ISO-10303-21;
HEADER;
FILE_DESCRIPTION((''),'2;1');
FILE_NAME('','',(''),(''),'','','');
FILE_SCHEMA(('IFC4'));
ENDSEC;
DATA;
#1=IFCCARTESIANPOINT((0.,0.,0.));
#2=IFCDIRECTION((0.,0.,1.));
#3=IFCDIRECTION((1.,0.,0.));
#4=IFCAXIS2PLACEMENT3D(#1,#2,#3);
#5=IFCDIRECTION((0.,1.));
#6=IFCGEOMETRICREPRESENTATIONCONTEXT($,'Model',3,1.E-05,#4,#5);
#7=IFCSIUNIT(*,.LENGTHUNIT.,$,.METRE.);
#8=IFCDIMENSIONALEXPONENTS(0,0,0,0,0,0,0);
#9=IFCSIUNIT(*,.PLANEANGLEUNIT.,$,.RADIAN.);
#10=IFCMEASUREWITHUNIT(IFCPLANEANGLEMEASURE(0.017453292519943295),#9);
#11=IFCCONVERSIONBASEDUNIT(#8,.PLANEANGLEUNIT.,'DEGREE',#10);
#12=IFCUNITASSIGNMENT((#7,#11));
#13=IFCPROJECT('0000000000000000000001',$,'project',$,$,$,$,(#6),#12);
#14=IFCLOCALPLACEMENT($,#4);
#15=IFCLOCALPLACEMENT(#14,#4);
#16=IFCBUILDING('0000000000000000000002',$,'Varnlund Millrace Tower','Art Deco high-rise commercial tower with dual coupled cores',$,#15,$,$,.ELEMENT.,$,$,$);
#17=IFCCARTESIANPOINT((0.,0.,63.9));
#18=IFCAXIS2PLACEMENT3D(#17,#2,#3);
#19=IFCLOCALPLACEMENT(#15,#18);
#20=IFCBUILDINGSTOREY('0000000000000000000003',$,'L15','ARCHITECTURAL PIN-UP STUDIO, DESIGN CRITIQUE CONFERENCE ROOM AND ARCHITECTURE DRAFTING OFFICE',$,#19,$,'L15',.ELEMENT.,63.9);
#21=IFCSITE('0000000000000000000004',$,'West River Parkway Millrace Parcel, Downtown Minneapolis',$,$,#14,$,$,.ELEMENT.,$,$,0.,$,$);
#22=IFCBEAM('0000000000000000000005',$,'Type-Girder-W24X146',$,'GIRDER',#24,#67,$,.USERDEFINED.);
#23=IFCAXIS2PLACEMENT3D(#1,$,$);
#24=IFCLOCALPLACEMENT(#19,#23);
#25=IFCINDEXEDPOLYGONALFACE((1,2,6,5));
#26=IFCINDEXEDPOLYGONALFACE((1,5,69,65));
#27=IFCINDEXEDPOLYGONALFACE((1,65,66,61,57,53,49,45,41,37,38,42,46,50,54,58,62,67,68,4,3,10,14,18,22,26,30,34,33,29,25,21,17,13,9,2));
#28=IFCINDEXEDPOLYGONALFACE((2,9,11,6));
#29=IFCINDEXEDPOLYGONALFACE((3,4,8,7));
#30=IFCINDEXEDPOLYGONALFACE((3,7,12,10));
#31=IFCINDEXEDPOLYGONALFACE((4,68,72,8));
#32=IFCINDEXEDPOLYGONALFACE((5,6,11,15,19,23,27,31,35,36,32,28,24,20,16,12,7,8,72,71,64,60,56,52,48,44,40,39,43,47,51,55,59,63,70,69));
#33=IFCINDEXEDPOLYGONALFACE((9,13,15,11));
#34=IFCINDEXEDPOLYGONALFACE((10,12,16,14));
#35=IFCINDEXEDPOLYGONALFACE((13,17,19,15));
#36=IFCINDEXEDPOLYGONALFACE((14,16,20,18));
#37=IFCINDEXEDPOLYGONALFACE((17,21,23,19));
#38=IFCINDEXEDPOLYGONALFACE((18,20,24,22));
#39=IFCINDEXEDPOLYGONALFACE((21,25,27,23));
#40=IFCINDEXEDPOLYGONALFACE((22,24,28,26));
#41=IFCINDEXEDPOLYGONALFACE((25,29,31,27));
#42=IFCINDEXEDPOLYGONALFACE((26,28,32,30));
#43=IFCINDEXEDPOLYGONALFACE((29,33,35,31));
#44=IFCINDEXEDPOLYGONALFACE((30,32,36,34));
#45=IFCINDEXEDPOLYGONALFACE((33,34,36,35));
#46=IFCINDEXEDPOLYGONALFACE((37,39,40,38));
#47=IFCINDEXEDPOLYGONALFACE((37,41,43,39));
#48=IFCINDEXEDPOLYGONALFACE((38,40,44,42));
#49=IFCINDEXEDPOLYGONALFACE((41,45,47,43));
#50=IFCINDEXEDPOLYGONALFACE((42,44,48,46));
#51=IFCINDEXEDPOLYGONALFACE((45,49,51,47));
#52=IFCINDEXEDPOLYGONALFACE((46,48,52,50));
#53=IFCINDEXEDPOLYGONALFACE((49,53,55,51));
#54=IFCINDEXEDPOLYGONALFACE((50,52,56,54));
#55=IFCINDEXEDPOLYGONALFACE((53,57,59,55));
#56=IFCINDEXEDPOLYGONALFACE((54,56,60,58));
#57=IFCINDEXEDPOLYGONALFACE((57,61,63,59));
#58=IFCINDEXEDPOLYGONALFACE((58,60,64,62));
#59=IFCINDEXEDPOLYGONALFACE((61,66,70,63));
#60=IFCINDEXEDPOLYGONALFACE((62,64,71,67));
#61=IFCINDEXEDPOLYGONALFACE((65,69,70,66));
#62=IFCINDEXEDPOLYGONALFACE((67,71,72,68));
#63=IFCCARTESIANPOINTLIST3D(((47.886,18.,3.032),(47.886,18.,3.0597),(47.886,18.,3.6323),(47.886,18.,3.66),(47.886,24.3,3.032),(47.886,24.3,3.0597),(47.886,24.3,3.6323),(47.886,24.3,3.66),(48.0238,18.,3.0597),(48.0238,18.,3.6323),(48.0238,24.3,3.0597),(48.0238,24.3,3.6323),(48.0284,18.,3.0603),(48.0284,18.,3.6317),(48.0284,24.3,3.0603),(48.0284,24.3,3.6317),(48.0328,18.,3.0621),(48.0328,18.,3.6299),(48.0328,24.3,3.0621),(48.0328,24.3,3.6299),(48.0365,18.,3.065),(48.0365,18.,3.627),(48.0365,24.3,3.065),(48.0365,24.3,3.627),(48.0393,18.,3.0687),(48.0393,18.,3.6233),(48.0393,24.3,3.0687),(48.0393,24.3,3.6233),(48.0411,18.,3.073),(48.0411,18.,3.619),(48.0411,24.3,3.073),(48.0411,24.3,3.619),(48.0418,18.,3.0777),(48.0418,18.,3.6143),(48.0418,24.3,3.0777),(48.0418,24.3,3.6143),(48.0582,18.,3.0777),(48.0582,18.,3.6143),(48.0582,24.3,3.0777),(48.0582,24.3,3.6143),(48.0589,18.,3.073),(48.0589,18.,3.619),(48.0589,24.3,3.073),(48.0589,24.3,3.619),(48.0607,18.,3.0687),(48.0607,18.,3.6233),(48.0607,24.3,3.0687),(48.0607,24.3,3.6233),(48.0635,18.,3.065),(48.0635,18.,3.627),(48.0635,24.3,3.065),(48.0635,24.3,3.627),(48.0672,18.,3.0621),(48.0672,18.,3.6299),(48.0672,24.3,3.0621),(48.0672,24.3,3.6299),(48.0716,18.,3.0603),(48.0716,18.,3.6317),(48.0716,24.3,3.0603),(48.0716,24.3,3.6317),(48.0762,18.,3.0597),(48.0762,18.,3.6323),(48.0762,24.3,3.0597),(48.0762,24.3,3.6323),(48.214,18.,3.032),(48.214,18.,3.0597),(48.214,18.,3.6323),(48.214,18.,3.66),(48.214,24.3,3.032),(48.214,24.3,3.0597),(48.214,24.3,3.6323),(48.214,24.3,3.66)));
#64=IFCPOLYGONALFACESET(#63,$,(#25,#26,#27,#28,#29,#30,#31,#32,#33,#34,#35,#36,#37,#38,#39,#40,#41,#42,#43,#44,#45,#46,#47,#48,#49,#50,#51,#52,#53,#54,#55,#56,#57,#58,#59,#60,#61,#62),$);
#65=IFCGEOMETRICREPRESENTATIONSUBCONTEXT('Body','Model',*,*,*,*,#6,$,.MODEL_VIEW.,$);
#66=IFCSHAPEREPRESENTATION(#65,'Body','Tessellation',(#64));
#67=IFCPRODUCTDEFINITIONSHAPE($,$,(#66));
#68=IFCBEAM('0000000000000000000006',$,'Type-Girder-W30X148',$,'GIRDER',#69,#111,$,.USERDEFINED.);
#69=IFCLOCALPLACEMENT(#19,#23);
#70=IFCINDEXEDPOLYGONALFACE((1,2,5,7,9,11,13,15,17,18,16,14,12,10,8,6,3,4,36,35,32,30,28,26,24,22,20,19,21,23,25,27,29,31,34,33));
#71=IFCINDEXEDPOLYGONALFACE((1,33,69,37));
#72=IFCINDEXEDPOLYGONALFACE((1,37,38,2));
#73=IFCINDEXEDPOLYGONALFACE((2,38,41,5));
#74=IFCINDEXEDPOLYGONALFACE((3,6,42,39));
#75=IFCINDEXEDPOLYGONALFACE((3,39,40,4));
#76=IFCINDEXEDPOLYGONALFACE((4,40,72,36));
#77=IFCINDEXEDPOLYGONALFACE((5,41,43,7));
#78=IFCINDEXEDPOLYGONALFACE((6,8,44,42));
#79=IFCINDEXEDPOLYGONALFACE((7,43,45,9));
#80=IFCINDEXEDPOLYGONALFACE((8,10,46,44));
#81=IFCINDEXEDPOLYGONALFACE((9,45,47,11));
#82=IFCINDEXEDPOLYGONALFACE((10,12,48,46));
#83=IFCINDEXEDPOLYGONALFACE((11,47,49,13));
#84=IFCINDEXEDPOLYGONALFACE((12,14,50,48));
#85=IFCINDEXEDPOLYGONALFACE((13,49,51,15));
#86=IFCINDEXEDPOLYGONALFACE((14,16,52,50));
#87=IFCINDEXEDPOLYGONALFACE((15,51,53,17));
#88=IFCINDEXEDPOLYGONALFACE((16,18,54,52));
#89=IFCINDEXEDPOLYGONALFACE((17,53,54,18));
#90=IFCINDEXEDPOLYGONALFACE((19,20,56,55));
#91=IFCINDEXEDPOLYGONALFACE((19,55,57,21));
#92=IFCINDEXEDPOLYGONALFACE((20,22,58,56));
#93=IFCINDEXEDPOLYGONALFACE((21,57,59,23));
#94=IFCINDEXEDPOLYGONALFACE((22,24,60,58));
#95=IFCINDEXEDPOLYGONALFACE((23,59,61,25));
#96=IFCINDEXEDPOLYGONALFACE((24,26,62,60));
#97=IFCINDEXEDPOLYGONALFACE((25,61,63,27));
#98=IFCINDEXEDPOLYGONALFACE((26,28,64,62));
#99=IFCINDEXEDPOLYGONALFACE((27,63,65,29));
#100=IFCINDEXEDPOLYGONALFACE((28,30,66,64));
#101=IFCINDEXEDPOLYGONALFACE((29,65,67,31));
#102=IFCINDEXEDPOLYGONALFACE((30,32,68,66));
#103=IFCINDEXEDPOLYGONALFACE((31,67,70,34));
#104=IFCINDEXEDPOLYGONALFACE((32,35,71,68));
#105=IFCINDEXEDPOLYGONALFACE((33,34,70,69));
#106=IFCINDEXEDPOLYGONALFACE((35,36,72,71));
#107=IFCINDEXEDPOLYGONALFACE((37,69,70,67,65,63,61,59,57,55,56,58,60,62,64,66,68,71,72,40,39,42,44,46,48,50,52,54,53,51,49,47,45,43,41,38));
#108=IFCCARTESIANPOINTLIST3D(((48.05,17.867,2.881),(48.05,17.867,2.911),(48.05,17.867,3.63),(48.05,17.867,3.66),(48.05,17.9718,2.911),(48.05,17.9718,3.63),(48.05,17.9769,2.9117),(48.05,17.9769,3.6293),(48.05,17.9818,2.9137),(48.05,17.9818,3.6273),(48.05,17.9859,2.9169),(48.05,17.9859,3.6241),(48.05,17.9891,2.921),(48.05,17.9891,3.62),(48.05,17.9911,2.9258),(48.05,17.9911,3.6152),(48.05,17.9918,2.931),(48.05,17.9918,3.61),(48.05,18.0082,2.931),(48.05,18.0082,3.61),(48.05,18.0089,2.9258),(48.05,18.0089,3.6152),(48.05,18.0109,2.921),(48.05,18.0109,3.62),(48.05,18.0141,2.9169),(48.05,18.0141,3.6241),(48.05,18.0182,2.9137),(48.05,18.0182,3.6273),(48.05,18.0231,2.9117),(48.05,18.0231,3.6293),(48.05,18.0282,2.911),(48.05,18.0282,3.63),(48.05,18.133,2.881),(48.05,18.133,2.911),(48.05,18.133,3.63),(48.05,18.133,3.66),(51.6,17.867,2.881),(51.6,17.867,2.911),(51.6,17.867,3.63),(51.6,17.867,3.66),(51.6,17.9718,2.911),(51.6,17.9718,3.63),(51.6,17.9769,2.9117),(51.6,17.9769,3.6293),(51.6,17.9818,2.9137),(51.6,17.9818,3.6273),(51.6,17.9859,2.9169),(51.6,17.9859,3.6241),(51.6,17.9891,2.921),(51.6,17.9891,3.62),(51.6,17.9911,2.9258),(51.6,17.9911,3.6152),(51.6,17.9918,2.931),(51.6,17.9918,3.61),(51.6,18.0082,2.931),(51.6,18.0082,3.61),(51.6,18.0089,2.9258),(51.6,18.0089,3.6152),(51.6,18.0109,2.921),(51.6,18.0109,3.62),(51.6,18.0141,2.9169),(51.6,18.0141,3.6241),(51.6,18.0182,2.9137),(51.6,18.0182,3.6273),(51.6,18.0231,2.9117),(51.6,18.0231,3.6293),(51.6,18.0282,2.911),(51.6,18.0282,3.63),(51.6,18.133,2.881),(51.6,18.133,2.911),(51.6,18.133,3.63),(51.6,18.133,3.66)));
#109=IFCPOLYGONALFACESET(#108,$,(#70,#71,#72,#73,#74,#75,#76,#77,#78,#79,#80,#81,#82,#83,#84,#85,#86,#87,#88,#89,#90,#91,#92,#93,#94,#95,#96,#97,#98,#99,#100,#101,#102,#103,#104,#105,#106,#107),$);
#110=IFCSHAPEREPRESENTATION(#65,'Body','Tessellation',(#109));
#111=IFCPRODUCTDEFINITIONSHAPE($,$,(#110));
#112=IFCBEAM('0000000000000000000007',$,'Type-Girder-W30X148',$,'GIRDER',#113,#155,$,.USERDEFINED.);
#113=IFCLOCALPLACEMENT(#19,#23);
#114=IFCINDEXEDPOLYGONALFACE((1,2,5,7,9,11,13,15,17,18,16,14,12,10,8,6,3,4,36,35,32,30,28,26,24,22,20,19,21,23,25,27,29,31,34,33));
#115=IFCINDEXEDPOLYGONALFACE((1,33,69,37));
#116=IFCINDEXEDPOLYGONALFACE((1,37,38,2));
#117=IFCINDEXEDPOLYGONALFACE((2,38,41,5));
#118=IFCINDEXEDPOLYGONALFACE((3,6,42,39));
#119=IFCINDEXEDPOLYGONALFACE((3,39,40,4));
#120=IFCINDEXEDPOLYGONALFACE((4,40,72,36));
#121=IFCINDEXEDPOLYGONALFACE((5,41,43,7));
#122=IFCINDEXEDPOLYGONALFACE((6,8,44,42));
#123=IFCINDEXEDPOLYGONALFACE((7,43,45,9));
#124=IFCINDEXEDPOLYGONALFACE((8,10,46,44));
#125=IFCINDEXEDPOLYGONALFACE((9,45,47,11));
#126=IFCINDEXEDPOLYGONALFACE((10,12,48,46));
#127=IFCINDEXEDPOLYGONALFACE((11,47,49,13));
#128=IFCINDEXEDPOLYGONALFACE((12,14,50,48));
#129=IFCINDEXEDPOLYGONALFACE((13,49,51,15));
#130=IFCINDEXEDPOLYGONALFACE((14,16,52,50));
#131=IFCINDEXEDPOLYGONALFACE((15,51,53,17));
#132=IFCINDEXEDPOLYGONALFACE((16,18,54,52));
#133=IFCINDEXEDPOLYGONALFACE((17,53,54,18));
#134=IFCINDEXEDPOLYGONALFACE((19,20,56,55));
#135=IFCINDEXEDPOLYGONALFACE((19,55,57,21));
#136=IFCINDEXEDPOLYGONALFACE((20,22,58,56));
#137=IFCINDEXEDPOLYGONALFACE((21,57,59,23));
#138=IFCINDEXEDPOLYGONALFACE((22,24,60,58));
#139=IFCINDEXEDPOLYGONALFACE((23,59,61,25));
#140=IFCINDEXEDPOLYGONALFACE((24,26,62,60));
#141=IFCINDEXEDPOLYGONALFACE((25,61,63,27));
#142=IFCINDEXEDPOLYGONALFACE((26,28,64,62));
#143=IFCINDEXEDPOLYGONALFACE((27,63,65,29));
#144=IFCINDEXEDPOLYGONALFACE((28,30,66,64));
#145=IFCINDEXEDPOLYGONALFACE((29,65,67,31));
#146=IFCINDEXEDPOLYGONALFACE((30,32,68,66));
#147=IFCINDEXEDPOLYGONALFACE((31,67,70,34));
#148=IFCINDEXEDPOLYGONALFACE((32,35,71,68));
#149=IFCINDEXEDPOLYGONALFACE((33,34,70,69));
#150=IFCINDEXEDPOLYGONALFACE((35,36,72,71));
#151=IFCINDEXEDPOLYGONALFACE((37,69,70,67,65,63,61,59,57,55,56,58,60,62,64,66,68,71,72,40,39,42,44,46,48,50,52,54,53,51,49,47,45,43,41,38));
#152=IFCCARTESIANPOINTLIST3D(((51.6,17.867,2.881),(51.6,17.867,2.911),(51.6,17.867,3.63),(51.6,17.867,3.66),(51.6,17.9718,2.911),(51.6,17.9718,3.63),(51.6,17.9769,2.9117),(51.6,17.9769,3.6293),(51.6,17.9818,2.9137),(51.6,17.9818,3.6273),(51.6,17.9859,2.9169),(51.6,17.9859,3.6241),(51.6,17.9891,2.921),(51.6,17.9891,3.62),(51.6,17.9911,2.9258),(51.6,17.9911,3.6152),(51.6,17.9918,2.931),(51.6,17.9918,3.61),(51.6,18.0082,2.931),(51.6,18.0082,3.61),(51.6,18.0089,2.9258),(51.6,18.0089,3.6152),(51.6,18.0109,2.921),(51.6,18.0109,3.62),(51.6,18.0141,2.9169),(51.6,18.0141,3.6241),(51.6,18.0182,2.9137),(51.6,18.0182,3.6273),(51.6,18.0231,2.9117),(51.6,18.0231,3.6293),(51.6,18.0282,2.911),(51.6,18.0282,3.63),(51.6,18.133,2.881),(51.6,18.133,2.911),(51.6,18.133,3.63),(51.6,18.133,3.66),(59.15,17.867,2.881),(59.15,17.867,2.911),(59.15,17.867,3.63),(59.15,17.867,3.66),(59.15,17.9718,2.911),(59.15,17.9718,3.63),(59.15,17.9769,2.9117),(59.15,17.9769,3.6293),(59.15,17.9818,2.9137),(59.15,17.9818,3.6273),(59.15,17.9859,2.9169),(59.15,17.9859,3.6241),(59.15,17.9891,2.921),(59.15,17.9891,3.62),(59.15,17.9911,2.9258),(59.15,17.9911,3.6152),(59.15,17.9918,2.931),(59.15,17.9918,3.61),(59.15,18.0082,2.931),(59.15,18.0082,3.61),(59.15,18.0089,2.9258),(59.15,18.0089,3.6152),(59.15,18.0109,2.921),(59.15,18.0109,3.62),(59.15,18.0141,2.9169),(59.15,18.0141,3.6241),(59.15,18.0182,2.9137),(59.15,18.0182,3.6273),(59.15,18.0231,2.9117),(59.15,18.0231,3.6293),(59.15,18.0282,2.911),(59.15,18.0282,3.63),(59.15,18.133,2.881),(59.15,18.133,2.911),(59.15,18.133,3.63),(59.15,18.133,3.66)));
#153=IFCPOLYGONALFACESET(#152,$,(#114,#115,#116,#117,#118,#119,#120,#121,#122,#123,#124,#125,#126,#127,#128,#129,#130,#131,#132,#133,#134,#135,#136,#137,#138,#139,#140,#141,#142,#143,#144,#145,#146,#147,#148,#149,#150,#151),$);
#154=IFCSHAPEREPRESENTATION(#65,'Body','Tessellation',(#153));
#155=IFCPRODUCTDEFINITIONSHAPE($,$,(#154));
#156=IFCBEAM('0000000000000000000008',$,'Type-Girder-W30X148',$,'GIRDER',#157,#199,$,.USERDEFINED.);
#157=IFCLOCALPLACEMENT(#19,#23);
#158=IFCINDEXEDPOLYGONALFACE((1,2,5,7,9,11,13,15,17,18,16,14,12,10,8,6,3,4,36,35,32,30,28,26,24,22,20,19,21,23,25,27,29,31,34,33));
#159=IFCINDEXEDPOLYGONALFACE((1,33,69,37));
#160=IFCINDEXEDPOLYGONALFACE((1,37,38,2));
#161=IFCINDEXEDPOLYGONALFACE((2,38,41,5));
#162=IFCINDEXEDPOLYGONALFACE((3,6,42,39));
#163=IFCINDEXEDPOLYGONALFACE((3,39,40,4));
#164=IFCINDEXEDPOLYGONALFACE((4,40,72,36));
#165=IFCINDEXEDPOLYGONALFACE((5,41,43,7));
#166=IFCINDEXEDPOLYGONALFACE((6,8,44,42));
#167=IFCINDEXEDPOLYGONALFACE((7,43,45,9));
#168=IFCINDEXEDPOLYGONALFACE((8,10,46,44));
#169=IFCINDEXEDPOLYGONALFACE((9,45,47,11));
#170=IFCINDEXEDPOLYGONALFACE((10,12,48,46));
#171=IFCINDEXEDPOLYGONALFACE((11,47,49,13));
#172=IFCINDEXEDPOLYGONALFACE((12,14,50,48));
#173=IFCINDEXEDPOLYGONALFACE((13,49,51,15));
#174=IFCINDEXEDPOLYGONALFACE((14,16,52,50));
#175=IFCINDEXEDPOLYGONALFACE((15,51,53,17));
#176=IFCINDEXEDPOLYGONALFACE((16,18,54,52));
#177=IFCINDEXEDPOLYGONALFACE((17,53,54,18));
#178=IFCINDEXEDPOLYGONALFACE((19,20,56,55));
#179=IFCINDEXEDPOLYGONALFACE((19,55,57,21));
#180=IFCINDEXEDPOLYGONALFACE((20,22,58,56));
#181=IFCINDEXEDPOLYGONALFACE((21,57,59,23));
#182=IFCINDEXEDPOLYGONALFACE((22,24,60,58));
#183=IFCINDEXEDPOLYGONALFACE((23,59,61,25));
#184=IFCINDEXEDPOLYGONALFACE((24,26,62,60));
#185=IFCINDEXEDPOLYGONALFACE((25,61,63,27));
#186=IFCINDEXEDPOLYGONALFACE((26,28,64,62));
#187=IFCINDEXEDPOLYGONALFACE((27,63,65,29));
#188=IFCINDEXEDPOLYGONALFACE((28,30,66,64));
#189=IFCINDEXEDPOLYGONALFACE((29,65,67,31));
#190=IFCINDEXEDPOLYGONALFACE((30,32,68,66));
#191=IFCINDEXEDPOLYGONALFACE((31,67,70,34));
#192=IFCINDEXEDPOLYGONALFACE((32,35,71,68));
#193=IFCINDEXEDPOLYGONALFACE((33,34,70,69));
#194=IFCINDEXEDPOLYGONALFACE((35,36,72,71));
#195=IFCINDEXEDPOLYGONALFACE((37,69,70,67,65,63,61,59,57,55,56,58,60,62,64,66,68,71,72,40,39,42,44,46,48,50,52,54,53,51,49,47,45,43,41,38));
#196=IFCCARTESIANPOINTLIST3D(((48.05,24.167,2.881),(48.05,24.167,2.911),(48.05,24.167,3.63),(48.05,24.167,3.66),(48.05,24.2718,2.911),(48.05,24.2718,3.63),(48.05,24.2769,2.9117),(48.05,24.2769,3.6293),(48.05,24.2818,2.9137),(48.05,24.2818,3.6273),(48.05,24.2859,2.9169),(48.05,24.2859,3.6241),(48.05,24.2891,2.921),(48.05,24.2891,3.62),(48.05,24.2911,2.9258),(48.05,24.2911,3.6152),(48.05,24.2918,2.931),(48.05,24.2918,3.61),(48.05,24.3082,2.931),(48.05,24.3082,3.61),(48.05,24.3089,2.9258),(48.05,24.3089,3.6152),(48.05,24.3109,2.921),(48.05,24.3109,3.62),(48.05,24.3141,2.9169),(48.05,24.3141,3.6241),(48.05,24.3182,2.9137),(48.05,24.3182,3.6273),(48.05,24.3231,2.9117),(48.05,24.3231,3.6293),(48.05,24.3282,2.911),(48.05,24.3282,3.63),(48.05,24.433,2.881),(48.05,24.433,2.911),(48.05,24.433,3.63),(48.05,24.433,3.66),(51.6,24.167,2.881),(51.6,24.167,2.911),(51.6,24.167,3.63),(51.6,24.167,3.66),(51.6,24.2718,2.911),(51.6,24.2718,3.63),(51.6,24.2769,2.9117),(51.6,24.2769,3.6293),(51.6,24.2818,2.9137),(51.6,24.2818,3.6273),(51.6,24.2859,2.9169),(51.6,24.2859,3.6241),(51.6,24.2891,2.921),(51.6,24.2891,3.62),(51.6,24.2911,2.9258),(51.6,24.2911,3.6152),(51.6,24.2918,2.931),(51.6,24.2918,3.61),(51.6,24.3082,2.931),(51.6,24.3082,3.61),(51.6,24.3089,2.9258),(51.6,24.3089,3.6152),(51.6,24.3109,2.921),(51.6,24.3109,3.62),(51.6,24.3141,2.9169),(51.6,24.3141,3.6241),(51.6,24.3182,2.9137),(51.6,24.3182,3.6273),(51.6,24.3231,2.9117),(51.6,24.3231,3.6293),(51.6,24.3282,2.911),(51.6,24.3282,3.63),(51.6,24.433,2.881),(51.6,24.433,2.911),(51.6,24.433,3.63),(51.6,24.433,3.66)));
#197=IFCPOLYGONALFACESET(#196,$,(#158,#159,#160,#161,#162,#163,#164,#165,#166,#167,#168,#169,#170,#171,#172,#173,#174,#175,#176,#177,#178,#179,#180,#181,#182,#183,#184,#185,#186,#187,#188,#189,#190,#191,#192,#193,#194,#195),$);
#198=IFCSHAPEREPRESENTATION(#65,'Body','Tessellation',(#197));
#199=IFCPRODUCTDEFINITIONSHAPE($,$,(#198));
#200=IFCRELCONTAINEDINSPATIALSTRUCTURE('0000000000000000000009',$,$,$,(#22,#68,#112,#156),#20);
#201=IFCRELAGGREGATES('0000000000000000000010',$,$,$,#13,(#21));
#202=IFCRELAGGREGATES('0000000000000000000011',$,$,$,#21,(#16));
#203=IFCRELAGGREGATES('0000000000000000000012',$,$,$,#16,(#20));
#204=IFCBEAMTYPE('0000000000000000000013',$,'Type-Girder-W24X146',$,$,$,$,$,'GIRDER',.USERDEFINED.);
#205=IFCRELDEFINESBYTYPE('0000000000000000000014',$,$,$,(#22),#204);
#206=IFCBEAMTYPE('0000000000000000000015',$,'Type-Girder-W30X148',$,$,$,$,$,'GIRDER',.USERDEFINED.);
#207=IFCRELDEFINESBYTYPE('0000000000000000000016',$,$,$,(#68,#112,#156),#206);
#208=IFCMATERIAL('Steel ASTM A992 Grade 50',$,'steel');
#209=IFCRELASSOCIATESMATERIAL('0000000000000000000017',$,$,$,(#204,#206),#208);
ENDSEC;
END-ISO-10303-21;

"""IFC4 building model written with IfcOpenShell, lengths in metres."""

from ifc_helpers import new_model, entity, si_unit, converted_unit, direction, frame, origin_with_axes, origin_2d_with_axis, place, context, subcontext, project, spatial, i_section, extrude, material, material_profile, profile_set, type_object, element, save


model = new_model("IFC4")

# Units and contexts
model_context = context("Model", 3, precision=1e-05, world=origin_with_axes(), true_north=direction((0.0, 1.0)))
body_context = subcontext(model_context, "Body", "Model", "MODEL_VIEW")
ifc_project = project(units=[si_unit("LENGTHUNIT", "METRE"), converted_unit("PLANEANGLEUNIT", "DEGREE", entity("IfcPlaneAngleMeasure", 0.017453292519943295), si_unit("PLANEANGLEUNIT", "RADIAN"), dimensions=[0, 0, 0, 0, 0, 0, 0])], contexts=[model_context])

# Site, building, storey
site_placement = place(None, origin_with_axes())
site = spatial("IfcSite", under=ifc_project, at=site_placement, Name="West River Parkway Millrace Parcel, Downtown Minneapolis", CompositionType="ELEMENT", RefElevation=0.0)
building_placement = place(site_placement, origin_with_axes())
building = spatial("IfcBuilding", under=site, at=building_placement, Name="Varnlund Millrace Tower", Description="Art Deco high-rise commercial tower with dual coupled cores", CompositionType="ELEMENT")
storey_placement = place(building_placement, frame((0.0, 0.0, 63.9), z_axis=(0.0, 0.0, 1.0), x_axis=(1.0, 0.0, 0.0)))
storey = spatial("IfcBuildingStorey", under=building, at=storey_placement, Name="L15", Description="ARCHITECTURAL PIN-UP STUDIO, DESIGN CRITIQUE CONFERENCE ROOM AND ARCHITECTURE DRAFTING OFFICE", LongName="L15", CompositionType="ELEMENT", Elevation=63.9)

# Beams
ifc_material_1 = material(Name="Steel ASTM A992 Grade 50", Category="steel")
ifc_material_profile_1 = material_profile(ifc_material_1, i_section(OverallWidth=0.328, OverallDepth=0.628, WebThickness=0.0165, FlangeThickness=0.0277, FilletRadius=0.018, at=origin_2d_with_axis()), Name="Steel ASTM A992 Grade 50")
ifc_profile_set_1 = profile_set([ifc_material_profile_1], Name="Steel ASTM A992 Grade 50")
beam_type_1 = type_object("IfcBeamType", Name="Type-Girder-W24X146", ElementType="GIRDER", PredefinedType="USERDEFINED", material=ifc_profile_set_1)
beam_1_placement = place(storey_placement, frame((48.05, 18.0, 3.346), z_axis=(0.0, 1.0, 0.0), x_axis=(-1.0, 0.0, 0.0)))
element("IfcBeam", 1, at=beam_1_placement, inside=storey, type_object=beam_type_1, Name="Type-Girder-W24X146", ObjectType="GIRDER", PredefinedType="USERDEFINED", context=body_context, shape_type="SweptSolid", body=[
    extrude(i_section(OverallWidth=0.328, OverallDepth=0.628, WebThickness=0.0165, FlangeThickness=0.0277, FilletRadius=0.018, at=origin_2d_with_axis()), origin_with_axes(), (0.0, 0.0, 1.0), 6.3),
])
ifc_material_profile_2 = material_profile(ifc_material_1, i_section(OverallWidth=0.266, OverallDepth=0.779, WebThickness=0.0165, FlangeThickness=0.03, FilletRadius=0.02, at=origin_2d_with_axis()), Name="Steel ASTM A992 Grade 50")
ifc_profile_set_2 = profile_set([ifc_material_profile_2], Name="Steel ASTM A992 Grade 50")
beam_type_2 = type_object("IfcBeamType", Name="Type-Girder-W30X148", ElementType="GIRDER", PredefinedType="USERDEFINED", material=ifc_profile_set_2)
beam_2_placement = place(storey_placement, frame((48.05, 18.0, 3.2705), z_axis=(1.0, 0.0, 0.0), x_axis=(0.0, 1.0, 0.0)))
element("IfcBeam", 2, at=beam_2_placement, inside=storey, type_object=beam_type_2, Name="Type-Girder-W30X148", ObjectType="GIRDER", PredefinedType="USERDEFINED", context=body_context, shape_type="SweptSolid", body=[
    extrude(i_section(OverallWidth=0.266, OverallDepth=0.779, WebThickness=0.0165, FlangeThickness=0.03, FilletRadius=0.02, at=origin_2d_with_axis()), origin_with_axes(), (0.0, 0.0, 1.0), 3.55),
])
beam_3_placement = place(storey_placement, frame((51.6, 18.0, 3.2705), z_axis=(1.0, 0.0, 0.0), x_axis=(0.0, 1.0, 0.0)))
element("IfcBeam", 3, at=beam_3_placement, inside=storey, type_object=beam_type_2, Name="Type-Girder-W30X148", ObjectType="GIRDER", PredefinedType="USERDEFINED", context=body_context, shape_type="SweptSolid", body=[
    extrude(i_section(OverallWidth=0.266, OverallDepth=0.779, WebThickness=0.0165, FlangeThickness=0.03, FilletRadius=0.02, at=origin_2d_with_axis()), origin_with_axes(), (0.0, 0.0, 1.0), 7.55),
])
beam_4_placement = place(storey_placement, frame((48.05, 24.3, 3.2705), z_axis=(1.0, 0.0, 0.0), x_axis=(0.0, 1.0, 0.0)))
element("IfcBeam", 4, at=beam_4_placement, inside=storey, type_object=beam_type_2, Name="Type-Girder-W30X148", ObjectType="GIRDER", PredefinedType="USERDEFINED", context=body_context, shape_type="SweptSolid", body=[
    extrude(i_section(OverallWidth=0.266, OverallDepth=0.779, WebThickness=0.0165, FlangeThickness=0.03, FilletRadius=0.02, at=origin_2d_with_axis()), origin_with_axes(), (0.0, 0.0, 1.0), 3.55),
])

save(model, "model.ifc")
